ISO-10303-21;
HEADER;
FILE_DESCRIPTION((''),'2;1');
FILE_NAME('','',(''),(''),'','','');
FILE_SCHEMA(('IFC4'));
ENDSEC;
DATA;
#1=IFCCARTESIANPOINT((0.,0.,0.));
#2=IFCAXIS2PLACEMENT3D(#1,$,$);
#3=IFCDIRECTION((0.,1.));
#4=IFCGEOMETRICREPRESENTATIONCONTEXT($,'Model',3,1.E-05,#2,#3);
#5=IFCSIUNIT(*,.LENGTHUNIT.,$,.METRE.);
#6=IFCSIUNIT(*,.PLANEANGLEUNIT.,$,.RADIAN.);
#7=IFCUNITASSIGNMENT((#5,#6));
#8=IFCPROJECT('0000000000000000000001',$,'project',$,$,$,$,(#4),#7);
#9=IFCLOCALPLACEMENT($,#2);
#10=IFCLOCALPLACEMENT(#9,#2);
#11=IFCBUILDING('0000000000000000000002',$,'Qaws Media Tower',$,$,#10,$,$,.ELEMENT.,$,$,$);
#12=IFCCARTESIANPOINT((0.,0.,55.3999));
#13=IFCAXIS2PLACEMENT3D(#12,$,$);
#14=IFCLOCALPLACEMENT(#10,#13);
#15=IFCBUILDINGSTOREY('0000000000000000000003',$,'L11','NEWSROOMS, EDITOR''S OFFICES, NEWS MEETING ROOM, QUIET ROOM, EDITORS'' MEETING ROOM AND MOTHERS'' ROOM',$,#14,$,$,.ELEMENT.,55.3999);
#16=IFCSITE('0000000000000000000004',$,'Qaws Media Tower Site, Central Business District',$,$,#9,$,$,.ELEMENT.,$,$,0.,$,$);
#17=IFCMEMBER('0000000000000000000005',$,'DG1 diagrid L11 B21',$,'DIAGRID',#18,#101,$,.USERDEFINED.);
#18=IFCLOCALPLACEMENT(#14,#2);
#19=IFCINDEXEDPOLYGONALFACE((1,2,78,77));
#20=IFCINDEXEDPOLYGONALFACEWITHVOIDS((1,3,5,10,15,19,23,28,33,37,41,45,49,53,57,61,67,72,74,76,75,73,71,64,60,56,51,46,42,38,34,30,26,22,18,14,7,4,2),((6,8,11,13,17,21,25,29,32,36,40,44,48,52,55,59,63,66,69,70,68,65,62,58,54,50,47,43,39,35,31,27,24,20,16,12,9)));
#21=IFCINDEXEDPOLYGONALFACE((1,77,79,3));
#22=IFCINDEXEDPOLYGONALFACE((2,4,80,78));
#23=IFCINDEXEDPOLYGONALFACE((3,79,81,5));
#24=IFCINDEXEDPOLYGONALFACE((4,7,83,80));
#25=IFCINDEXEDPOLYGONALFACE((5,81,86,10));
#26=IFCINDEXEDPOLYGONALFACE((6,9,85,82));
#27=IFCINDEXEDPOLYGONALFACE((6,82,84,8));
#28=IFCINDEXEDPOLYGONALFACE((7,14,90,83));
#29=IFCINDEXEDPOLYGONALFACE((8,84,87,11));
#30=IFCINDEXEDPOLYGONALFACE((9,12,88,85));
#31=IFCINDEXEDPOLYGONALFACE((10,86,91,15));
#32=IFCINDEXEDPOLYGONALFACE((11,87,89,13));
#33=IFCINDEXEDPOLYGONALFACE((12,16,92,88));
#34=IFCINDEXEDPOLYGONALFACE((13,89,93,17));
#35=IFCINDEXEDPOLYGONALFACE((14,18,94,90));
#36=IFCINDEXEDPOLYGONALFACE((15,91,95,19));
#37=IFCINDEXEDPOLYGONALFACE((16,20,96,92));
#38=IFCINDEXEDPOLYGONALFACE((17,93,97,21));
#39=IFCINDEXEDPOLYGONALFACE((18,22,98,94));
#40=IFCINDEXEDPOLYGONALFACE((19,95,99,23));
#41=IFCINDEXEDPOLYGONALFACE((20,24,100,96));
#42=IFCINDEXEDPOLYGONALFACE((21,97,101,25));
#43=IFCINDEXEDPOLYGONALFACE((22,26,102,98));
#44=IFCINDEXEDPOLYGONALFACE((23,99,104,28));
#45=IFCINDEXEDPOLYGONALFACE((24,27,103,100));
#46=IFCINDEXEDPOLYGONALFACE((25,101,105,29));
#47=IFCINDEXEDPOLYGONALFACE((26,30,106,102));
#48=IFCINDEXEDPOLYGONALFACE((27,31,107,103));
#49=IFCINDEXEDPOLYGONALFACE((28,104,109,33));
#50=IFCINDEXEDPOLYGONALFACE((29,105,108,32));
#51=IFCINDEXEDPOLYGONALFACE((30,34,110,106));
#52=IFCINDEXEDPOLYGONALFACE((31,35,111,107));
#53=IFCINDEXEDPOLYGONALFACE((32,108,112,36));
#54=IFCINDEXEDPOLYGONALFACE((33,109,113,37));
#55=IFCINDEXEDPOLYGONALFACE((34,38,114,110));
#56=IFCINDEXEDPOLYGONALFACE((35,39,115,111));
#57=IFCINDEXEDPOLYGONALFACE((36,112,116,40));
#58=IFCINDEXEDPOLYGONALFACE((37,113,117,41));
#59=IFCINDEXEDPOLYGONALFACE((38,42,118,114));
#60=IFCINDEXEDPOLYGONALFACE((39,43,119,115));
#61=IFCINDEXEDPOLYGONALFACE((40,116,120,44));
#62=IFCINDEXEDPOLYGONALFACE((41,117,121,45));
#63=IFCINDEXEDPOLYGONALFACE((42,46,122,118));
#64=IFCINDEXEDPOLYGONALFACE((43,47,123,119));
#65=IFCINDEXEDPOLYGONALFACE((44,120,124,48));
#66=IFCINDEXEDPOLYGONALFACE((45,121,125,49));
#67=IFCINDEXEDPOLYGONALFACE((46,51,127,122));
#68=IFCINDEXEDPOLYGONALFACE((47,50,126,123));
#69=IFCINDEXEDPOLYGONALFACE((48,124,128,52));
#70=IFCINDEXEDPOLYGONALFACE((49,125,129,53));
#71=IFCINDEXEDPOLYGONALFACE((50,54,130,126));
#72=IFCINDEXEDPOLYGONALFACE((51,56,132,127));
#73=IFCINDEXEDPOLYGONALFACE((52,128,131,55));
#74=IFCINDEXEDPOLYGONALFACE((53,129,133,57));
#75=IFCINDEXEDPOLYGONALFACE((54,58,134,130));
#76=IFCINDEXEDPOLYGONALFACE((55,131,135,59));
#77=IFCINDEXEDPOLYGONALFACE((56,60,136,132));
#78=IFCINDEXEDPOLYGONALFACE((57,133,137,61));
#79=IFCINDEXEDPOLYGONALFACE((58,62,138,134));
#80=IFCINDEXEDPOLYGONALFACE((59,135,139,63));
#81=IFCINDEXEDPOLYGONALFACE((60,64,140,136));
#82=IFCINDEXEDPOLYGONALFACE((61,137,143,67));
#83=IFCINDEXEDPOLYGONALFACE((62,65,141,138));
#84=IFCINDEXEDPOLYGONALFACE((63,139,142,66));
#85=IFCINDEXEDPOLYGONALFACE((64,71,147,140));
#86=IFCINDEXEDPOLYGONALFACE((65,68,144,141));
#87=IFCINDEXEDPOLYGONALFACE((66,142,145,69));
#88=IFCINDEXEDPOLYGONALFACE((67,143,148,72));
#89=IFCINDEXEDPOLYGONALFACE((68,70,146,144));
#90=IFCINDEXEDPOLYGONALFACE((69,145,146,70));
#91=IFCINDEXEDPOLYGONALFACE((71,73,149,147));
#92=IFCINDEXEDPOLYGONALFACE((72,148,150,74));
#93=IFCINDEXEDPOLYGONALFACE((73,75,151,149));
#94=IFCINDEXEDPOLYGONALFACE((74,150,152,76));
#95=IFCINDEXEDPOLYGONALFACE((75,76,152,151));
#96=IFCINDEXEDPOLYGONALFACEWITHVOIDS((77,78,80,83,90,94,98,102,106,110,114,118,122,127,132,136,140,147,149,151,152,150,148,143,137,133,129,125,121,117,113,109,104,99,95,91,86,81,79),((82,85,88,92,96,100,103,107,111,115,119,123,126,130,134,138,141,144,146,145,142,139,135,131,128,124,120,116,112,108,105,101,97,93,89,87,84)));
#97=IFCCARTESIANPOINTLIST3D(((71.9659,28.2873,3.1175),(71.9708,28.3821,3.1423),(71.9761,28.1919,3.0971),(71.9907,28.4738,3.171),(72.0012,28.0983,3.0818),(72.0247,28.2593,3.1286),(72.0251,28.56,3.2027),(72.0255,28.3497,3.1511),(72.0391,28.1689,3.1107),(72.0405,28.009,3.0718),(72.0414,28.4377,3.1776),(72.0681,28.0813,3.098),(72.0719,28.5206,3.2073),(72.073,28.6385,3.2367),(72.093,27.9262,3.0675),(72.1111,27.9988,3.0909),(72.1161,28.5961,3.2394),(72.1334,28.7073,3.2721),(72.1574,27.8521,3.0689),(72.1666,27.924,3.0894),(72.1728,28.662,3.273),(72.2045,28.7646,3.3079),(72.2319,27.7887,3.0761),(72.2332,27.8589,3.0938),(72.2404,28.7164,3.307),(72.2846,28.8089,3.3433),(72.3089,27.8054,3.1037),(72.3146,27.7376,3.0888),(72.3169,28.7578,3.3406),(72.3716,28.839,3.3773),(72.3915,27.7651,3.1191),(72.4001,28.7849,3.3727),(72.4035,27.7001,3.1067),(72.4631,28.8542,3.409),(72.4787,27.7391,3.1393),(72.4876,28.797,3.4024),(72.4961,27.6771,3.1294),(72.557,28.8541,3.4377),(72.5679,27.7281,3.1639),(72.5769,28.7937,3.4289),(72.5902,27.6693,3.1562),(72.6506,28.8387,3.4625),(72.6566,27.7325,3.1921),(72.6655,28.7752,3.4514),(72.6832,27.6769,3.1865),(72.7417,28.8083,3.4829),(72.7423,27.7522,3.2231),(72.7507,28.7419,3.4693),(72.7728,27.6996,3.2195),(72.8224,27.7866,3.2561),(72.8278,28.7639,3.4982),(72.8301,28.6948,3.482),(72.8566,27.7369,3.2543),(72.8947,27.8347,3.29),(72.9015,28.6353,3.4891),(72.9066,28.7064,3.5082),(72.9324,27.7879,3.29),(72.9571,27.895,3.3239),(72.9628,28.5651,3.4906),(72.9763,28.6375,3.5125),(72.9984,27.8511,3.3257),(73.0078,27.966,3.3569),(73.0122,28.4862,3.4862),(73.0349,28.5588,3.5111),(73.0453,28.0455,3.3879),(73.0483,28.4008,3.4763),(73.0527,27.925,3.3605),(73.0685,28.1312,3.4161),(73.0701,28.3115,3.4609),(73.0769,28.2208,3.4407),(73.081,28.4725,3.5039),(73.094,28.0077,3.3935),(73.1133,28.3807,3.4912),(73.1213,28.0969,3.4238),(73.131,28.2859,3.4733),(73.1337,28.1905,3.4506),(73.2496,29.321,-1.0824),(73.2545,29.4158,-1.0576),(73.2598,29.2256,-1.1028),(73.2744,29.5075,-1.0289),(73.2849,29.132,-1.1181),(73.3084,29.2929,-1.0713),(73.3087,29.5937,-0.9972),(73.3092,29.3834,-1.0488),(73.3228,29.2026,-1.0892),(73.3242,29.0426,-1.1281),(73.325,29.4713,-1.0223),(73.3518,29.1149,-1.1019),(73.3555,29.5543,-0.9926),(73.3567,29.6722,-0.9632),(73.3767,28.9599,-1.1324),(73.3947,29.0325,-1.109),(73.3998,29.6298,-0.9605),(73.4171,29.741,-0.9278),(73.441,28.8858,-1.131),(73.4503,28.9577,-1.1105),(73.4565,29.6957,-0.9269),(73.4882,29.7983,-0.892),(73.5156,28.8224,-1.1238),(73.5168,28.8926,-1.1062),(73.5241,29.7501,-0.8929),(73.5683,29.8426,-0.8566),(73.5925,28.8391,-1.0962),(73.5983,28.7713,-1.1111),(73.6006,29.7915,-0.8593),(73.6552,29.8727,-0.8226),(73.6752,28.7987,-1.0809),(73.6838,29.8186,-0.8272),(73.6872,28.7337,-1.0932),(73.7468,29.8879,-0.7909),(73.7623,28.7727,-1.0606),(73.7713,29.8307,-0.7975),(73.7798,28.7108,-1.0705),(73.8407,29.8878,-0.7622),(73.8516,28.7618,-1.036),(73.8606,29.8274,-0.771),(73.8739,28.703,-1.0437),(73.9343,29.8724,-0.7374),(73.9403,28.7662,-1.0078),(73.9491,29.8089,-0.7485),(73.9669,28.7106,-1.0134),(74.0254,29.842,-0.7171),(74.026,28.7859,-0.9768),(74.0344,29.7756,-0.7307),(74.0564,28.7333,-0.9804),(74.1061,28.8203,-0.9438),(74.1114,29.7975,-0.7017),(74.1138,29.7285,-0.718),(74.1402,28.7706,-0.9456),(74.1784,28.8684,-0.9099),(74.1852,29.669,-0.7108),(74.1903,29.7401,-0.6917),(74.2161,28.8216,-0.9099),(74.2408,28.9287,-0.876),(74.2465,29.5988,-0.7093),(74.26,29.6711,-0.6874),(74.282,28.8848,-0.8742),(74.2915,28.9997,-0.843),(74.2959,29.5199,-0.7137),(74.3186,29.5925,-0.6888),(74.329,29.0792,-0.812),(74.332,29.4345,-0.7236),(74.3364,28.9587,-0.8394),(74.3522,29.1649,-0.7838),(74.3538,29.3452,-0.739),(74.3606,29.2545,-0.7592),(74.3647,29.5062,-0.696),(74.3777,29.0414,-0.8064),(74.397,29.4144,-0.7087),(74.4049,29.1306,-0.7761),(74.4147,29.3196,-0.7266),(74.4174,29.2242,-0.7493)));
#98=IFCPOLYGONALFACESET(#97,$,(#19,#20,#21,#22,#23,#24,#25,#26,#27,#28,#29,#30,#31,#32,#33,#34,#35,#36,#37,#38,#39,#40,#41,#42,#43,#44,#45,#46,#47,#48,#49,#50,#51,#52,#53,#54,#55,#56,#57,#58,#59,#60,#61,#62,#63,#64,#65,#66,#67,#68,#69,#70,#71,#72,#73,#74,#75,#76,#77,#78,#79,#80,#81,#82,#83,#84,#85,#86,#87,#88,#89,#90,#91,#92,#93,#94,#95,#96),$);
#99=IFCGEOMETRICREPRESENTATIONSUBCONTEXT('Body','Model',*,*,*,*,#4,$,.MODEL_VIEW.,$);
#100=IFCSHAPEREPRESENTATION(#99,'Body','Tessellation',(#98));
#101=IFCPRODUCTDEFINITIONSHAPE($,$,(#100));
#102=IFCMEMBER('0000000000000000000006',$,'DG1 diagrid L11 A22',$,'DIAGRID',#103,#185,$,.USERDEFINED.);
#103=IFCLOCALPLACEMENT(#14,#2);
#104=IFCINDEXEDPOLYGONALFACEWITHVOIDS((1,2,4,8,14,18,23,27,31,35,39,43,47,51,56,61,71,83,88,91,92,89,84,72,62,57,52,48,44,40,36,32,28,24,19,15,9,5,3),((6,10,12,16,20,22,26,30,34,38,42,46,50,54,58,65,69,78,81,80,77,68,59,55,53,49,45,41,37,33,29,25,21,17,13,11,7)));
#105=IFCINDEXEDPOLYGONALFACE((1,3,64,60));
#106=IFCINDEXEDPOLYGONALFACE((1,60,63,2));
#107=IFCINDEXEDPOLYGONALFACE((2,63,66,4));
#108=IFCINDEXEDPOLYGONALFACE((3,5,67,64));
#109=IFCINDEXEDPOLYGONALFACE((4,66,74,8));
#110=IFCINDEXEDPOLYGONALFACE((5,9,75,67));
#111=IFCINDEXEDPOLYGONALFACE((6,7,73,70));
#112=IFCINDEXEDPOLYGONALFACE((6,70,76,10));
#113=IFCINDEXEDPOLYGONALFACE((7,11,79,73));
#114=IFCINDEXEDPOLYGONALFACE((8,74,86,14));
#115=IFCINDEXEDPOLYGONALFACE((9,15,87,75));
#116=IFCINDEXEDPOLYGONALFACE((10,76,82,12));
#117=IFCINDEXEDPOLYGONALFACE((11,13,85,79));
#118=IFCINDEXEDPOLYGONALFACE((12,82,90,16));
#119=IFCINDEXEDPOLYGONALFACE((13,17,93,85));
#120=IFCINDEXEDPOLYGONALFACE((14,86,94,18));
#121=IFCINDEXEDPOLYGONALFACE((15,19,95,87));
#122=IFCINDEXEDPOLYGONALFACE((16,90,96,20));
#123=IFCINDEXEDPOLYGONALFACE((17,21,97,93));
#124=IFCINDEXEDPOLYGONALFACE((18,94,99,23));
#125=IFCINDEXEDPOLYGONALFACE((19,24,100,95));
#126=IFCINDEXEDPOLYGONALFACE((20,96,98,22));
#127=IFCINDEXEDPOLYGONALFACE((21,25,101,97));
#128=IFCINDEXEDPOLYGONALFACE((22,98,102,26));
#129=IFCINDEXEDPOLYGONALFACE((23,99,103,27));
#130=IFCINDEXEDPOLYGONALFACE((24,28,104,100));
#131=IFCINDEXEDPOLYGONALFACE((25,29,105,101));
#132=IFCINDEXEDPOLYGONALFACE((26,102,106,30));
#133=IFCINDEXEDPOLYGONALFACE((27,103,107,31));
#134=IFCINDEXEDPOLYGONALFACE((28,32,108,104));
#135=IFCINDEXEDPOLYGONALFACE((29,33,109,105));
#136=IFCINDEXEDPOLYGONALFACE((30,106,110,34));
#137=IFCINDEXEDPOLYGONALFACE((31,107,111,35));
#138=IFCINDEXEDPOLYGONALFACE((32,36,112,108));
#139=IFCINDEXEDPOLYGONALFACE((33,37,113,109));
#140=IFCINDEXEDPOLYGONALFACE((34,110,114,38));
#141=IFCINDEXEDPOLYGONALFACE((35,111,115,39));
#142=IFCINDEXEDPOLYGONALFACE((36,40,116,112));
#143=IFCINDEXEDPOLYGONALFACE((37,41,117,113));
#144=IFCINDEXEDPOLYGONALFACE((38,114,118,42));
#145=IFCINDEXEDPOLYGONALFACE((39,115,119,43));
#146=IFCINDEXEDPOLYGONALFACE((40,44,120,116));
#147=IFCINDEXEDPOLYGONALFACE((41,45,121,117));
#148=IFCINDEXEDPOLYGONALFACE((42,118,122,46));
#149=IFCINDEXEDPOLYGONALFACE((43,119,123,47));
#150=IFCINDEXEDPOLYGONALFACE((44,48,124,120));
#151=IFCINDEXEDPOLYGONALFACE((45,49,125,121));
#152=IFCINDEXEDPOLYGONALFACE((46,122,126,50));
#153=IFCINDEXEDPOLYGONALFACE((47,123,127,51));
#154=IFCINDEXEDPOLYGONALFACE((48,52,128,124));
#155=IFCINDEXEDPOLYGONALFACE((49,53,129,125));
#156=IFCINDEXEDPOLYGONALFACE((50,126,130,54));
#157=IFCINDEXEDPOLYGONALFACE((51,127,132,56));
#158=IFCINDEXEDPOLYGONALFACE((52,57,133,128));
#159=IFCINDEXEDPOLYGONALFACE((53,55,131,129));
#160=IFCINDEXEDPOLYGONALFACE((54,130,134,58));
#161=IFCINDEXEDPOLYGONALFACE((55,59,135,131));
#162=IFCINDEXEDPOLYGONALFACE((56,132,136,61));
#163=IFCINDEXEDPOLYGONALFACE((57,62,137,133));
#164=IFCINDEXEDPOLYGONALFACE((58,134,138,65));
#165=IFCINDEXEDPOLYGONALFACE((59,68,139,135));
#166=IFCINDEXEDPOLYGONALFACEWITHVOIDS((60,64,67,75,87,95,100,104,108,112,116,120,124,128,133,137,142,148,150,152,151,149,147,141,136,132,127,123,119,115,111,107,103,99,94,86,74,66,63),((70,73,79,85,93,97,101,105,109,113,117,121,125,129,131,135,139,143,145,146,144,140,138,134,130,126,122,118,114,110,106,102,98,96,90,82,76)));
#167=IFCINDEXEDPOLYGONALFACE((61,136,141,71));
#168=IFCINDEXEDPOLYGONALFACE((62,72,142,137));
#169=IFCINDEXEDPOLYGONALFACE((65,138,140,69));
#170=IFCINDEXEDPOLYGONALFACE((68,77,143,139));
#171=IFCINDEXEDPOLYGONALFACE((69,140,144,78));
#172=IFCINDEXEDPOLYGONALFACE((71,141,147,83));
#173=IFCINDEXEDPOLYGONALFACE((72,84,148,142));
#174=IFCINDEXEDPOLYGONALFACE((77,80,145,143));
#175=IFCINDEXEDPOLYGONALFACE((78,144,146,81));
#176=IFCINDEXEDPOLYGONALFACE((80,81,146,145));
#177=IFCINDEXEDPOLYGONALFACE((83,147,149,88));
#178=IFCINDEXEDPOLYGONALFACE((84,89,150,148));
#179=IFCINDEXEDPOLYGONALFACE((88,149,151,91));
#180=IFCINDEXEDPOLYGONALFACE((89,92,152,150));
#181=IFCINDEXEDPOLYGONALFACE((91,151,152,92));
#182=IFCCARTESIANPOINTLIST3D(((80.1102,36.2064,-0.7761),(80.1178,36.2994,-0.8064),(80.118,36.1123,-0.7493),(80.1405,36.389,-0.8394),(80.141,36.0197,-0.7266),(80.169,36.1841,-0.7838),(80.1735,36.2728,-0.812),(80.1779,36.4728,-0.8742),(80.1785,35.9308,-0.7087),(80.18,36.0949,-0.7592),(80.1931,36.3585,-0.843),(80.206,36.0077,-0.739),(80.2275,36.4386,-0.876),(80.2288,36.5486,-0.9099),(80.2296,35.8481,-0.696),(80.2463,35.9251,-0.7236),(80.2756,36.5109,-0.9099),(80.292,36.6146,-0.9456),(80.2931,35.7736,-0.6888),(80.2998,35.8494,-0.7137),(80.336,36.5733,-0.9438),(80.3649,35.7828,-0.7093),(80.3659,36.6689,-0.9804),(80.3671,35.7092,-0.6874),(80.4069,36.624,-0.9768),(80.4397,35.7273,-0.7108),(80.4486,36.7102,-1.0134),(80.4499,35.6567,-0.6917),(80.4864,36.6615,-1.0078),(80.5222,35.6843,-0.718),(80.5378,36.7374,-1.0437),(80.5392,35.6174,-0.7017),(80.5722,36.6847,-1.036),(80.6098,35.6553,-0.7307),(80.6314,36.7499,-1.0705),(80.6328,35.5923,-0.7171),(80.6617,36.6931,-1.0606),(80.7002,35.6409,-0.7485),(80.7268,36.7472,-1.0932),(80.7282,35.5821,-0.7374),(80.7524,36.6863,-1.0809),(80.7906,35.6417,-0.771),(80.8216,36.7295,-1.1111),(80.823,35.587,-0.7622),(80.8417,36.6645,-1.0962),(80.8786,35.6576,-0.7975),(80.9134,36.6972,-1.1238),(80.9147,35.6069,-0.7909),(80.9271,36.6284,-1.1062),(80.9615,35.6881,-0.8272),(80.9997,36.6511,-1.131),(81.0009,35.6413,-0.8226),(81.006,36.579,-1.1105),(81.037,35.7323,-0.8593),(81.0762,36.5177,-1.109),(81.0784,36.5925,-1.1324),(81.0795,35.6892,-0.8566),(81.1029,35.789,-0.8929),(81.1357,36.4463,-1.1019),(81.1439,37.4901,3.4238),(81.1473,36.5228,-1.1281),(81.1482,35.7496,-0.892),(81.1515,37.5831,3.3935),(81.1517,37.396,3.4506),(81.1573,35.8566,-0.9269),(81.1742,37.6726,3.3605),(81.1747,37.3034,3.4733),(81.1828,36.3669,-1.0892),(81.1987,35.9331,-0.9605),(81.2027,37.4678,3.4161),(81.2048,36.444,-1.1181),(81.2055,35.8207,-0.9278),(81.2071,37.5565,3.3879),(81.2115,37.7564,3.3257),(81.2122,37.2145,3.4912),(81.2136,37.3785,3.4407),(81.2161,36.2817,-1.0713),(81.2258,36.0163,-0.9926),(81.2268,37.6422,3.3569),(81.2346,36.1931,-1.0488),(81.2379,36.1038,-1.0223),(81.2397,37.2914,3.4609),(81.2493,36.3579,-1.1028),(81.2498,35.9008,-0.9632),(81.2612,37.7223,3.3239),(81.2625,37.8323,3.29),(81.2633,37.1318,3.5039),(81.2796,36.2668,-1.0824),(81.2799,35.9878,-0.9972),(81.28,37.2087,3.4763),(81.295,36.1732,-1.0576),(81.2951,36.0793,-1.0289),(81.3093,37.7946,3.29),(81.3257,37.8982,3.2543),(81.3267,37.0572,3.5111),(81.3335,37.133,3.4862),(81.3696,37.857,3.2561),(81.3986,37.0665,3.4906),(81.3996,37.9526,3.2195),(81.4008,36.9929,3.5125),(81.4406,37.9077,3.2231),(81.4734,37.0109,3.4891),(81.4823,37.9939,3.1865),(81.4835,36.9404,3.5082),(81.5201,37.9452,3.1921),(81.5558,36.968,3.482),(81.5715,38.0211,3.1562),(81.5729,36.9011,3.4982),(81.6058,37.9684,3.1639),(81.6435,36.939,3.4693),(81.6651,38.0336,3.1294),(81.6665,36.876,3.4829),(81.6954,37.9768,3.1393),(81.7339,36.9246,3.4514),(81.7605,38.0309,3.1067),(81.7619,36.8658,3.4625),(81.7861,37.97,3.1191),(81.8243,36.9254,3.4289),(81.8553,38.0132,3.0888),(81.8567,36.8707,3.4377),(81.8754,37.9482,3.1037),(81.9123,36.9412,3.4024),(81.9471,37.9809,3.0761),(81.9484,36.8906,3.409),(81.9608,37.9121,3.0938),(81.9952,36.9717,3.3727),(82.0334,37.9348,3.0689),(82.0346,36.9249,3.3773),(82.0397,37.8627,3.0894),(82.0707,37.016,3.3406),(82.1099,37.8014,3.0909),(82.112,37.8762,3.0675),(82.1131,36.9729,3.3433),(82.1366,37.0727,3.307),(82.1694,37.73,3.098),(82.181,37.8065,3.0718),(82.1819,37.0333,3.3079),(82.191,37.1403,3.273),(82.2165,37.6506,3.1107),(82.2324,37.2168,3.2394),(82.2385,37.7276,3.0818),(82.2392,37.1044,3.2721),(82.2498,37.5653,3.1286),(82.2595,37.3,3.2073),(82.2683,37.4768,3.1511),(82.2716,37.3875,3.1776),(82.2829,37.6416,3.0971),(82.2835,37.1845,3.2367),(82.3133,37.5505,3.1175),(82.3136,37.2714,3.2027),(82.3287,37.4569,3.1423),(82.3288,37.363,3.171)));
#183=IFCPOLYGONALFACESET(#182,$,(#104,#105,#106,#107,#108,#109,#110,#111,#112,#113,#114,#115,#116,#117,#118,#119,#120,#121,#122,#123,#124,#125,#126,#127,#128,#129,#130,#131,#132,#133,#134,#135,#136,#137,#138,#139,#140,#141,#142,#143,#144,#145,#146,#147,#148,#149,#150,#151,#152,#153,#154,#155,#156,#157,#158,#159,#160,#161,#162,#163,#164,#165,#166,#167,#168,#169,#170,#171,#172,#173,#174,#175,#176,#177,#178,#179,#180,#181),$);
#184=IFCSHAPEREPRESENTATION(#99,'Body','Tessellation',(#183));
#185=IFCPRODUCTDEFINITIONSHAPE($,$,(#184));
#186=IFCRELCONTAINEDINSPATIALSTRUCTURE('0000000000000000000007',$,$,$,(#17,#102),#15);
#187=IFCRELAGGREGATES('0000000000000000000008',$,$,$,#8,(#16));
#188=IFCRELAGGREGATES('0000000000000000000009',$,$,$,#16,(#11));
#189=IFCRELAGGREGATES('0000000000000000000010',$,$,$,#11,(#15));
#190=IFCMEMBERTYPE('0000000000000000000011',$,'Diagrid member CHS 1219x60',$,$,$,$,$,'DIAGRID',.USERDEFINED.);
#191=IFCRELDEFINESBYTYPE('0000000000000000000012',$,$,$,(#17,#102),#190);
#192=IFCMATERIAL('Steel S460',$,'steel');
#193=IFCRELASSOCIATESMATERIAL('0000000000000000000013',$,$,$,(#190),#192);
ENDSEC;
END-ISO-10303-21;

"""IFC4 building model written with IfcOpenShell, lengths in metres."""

from ifc_helpers import new_model, si_unit, direction, frame, origin, origin_2d, place, context, subcontext, project, spatial, hollow_circle, extrude, material, material_profile, profile_set, type_object, element, save


model = new_model("IFC4")

# Units and contexts
model_context = context("Model", 3, precision=1e-05, world=origin(), true_north=direction((0.0, 1.0)))
body_context = subcontext(model_context, "Body", "Model", "MODEL_VIEW")
ifc_project = project(units=[si_unit("LENGTHUNIT", "METRE"), si_unit("PLANEANGLEUNIT", "RADIAN")], contexts=[model_context])

# Site, building, storey
site_placement = place(None, origin())
site = spatial("IfcSite", under=ifc_project, at=site_placement, Name="Qaws Media Tower Site, Central Business District", CompositionType="ELEMENT", RefElevation=0.0)
building_placement = place(site_placement, origin())
building = spatial("IfcBuilding", under=site, at=building_placement, Name="Qaws Media Tower", CompositionType="ELEMENT")
storey_placement = place(building_placement, frame((0.0, 0.0, 55.3999)))
storey = spatial("IfcBuildingStorey", under=building, at=storey_placement, Name="L11", Description="NEWSROOMS, EDITOR'S OFFICES, NEWS MEETING ROOM, QUIET ROOM, EDITORS' MEETING ROOM AND MOTHERS' ROOM", CompositionType="ELEMENT", Elevation=55.3999)

# Members
ifc_material_1 = material(Name="Steel S460", Category="steel")
ifc_material_profile_1 = material_profile(ifc_material_1, hollow_circle(Radius=0.6096, WallThickness=0.0601, at=origin_2d()), Name="CHS 1219x60")
ifc_profile_set_1 = profile_set([ifc_material_profile_1], Name="Steel S460")
member_type_1 = type_object("IfcMemberType", Name="Diagrid member CHS 1219x60", ElementType="DIAGRID", PredefinedType="USERDEFINED", material=ifc_profile_set_1)
for number, where, z_axis, x_axis, name in (
    (1, (73.8337, 29.2964, -0.9099), (-0.284521, -0.22911, 0.93089), (0.627185, -0.77887, 0.0), "DG1 diagrid L11 B21"),
    (2, (80.7036, 36.1663, -0.9099), (0.22911, 0.284521, 0.93089), (-0.77887, 0.627185, 0.0), "DG1 diagrid L11 A22"),
):
    element("IfcMember", number, at=place(storey_placement, frame(where, z_axis=z_axis, x_axis=x_axis)), inside=storey, type_object=member_type_1, Name=name, ObjectType="DIAGRID", PredefinedType="USERDEFINED", context=body_context, shape_type="SweptSolid", body=[
        extrude(hollow_circle(Radius=0.6096, WallThickness=0.0601, at=origin_2d()), origin(), (0.0, 0.0, 1.0), 4.5117),
    ])

save(model, "model.ifc")
